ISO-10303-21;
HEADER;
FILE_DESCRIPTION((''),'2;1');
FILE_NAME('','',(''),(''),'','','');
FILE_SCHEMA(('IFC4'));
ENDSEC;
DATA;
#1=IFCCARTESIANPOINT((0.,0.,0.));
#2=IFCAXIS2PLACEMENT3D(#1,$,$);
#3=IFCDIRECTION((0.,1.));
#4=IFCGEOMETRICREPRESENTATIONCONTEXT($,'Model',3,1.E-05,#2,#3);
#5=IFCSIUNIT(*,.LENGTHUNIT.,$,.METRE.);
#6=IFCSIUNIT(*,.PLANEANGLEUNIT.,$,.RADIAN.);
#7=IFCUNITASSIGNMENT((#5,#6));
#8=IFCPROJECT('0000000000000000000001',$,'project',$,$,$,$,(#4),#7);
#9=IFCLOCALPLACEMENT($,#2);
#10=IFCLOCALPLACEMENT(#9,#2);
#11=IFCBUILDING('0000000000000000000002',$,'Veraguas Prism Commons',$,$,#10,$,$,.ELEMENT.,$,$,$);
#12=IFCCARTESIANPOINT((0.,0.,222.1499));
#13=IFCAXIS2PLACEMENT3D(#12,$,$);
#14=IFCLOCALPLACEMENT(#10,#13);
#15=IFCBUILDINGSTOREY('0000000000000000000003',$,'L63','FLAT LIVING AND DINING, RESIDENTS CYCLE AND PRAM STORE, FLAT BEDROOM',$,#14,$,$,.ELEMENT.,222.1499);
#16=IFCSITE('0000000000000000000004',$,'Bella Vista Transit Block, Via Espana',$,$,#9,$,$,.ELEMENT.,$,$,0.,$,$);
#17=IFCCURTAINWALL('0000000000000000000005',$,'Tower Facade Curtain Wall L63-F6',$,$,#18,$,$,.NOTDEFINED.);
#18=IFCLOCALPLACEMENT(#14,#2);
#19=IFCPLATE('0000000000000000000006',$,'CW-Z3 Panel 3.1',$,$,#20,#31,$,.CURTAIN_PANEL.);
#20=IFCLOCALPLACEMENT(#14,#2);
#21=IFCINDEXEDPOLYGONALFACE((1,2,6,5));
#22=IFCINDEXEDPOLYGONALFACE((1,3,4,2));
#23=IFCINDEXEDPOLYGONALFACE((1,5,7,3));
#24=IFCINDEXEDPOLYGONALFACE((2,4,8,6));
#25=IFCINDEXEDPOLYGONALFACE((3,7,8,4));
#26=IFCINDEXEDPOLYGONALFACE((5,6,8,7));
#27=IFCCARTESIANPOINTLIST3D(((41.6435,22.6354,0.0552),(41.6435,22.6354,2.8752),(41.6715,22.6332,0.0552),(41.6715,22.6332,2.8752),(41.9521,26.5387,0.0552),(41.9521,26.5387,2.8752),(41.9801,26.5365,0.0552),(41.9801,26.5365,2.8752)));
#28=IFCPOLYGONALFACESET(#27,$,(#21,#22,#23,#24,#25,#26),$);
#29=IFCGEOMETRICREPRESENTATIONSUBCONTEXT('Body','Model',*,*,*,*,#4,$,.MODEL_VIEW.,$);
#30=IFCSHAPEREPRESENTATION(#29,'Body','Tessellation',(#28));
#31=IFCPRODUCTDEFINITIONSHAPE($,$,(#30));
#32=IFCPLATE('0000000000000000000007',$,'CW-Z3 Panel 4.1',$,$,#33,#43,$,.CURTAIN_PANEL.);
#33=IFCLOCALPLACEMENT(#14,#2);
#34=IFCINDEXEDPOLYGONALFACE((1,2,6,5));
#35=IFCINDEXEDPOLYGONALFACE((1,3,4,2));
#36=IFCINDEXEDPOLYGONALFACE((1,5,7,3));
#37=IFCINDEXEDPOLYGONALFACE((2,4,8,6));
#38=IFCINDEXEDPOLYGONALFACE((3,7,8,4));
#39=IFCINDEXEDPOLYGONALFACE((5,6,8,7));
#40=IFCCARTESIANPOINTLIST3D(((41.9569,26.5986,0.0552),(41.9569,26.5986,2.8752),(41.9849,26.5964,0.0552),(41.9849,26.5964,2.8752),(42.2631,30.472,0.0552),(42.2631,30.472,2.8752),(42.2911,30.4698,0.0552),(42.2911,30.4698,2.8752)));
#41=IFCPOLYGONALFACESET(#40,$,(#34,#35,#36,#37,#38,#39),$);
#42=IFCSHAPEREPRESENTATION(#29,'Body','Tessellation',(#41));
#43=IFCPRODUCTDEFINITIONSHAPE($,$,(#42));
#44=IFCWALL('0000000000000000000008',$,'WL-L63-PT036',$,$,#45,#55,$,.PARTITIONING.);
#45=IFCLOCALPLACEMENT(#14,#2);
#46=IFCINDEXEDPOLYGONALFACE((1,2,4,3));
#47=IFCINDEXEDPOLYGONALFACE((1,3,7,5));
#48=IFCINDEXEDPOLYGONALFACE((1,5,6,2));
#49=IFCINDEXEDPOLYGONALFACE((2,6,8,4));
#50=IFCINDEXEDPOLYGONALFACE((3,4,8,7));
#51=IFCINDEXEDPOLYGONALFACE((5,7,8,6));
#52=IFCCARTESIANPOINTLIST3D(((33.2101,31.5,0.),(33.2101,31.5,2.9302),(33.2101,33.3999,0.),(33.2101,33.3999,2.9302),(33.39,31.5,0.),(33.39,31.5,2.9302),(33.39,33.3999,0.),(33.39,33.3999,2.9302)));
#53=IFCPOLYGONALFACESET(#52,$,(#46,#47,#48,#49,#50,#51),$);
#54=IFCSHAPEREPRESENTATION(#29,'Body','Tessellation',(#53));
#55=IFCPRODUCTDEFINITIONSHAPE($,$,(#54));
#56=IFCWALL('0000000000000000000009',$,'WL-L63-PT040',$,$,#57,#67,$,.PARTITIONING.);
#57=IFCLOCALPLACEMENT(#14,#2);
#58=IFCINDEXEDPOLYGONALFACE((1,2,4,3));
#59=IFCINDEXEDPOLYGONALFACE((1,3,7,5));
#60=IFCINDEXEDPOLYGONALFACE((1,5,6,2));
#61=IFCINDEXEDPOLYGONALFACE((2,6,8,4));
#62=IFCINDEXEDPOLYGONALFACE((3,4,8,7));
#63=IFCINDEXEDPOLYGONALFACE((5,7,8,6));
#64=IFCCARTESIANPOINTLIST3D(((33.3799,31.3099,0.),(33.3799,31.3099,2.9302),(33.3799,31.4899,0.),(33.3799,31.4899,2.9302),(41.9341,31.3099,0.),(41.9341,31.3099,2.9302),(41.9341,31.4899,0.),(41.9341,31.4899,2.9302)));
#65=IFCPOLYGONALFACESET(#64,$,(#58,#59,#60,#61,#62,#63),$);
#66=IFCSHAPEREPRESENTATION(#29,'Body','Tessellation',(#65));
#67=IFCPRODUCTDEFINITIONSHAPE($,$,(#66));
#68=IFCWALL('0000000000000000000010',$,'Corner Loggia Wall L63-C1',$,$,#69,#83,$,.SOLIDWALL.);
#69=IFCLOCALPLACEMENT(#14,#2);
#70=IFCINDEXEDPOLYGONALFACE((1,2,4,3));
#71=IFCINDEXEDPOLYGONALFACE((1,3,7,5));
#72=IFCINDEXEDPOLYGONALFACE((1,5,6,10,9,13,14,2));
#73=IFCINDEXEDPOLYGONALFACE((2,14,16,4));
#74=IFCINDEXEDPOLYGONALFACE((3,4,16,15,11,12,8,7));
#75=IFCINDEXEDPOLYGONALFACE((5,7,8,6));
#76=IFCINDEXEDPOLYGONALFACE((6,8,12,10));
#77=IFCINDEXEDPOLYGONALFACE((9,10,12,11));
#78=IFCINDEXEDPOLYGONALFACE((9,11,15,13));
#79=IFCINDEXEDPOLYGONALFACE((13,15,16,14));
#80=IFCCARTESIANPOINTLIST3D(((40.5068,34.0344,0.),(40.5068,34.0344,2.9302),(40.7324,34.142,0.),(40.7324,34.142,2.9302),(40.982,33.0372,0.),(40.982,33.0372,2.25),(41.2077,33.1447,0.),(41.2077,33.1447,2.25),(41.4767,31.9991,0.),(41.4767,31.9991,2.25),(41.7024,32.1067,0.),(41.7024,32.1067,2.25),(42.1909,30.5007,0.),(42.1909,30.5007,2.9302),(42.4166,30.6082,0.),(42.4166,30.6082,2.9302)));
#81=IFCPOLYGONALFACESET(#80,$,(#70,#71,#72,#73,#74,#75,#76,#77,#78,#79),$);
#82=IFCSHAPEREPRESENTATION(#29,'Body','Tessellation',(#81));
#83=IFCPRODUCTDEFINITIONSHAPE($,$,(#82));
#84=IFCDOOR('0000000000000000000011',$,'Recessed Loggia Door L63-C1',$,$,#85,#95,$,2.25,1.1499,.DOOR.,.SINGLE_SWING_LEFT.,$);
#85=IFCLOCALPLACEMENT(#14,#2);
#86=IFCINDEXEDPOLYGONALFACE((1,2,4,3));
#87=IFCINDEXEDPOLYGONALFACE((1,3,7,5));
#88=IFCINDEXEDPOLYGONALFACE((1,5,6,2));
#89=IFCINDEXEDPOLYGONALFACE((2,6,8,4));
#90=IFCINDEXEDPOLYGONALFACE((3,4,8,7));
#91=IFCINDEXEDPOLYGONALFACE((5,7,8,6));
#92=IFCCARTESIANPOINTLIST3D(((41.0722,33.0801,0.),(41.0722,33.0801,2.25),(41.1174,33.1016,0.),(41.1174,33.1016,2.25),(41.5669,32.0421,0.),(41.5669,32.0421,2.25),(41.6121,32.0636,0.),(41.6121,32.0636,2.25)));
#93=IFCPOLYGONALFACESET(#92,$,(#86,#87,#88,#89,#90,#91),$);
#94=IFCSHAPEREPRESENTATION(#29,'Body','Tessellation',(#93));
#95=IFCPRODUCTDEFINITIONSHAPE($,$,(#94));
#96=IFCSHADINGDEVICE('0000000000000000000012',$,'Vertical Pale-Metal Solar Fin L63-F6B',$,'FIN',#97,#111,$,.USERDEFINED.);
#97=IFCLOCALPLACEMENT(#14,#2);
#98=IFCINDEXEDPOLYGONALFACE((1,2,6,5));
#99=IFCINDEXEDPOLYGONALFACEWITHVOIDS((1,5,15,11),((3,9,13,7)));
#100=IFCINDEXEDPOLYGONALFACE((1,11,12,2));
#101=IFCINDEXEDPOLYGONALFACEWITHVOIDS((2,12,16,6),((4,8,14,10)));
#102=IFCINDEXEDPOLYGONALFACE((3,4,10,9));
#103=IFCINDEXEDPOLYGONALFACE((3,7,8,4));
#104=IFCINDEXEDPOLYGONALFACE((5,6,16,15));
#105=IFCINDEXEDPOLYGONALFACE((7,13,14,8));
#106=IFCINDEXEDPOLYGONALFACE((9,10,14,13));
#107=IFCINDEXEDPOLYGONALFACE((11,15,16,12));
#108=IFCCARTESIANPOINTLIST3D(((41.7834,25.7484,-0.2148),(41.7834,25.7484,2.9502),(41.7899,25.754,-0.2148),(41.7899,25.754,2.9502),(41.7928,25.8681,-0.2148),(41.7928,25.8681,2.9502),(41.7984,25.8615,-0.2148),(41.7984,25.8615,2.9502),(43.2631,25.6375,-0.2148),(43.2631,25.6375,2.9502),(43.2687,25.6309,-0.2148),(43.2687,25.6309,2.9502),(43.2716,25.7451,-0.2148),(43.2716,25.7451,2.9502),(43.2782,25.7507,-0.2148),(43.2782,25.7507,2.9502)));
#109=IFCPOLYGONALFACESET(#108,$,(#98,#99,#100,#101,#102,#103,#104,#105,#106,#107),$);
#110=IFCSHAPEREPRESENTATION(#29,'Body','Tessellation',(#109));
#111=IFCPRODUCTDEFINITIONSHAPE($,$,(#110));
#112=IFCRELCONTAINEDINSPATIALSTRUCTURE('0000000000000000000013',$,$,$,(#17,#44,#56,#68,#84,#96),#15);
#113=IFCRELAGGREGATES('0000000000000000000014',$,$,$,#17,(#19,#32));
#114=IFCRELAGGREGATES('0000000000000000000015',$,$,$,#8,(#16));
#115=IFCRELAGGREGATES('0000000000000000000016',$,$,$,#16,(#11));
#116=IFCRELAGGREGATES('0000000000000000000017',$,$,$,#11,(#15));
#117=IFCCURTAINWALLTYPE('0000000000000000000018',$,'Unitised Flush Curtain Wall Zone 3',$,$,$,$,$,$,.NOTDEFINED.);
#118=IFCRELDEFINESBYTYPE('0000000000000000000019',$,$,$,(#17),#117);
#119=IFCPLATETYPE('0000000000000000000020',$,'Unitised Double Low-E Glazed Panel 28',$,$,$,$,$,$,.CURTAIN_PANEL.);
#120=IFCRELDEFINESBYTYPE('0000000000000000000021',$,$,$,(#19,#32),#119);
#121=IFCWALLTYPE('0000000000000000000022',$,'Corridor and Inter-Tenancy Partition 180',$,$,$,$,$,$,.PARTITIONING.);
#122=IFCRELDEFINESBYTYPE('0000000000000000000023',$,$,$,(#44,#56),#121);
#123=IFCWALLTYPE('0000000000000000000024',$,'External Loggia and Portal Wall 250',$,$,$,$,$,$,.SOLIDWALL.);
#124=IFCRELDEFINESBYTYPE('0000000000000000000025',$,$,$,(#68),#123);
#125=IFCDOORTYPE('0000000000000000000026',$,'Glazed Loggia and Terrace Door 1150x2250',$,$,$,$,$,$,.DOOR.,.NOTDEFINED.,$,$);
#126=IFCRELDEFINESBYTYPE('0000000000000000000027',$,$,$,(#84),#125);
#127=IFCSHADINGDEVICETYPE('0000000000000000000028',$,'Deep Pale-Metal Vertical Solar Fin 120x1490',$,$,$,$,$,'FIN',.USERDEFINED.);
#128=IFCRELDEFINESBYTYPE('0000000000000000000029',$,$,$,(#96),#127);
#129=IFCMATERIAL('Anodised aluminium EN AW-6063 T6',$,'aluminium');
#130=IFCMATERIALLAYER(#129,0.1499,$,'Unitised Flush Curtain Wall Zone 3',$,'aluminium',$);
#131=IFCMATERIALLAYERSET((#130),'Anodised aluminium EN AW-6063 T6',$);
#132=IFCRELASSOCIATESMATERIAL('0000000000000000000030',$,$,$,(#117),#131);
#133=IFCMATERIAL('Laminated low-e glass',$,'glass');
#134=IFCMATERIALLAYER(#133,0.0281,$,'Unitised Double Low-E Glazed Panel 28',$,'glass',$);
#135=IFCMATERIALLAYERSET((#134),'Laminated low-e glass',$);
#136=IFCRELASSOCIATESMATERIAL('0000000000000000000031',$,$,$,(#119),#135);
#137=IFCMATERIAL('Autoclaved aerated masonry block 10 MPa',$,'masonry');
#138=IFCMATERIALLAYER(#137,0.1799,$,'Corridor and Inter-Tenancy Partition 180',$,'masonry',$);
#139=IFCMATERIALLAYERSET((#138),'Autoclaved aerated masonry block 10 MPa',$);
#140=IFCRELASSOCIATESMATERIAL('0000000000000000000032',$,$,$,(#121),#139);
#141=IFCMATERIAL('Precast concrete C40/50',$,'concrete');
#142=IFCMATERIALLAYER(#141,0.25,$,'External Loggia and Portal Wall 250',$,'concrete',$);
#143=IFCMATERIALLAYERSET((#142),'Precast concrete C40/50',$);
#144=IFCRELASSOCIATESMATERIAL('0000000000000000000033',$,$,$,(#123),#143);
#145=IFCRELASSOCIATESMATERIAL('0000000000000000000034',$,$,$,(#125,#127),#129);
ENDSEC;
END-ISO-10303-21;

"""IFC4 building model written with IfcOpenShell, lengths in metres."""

from ifc_helpers import new_model, si_unit, direction, frame, frame_2d, origin, origin_2d, place, context, subcontext, project, spatial, rectangle, hollow_rectangle, extrude, source, transform, mapped, material, layer, layer_set, material_profile, profile_set, type_object, element, fill, aggregate, save


model = new_model("IFC4")

# Units and contexts
model_context = context("Model", 3, precision=1e-05, world=origin(), true_north=direction((0.0, 1.0)))
body_context = subcontext(model_context, "Body", "Model", "MODEL_VIEW")
ifc_project = project(units=[si_unit("LENGTHUNIT", "METRE"), si_unit("PLANEANGLEUNIT", "RADIAN")], contexts=[model_context])

# Site, building, storey
site_placement = place(None, origin())
site = spatial("IfcSite", under=ifc_project, at=site_placement, Name="Bella Vista Transit Block, Via Espana", CompositionType="ELEMENT", RefElevation=0.0)
building_placement = place(site_placement, origin())
building = spatial("IfcBuilding", under=site, at=building_placement, Name="Veraguas Prism Commons", CompositionType="ELEMENT")
storey_placement = place(building_placement, frame((0.0, 0.0, 222.1499)))
storey = spatial("IfcBuildingStorey", under=building, at=storey_placement, Name="L63", Description="FLAT LIVING AND DINING, RESIDENTS CYCLE AND PRAM STORE, FLAT BEDROOM", CompositionType="ELEMENT", Elevation=222.1499)

# Curtain wall, plates
ifc_material_1 = material(Name="Anodised aluminium EN AW-6063 T6", Category="aluminium")
ifc_layer_1 = layer(ifc_material_1, 0.1499, Name="Unitised Flush Curtain Wall Zone 3", Category="aluminium")
ifc_layer_set_1 = layer_set([ifc_layer_1], Name="Anodised aluminium EN AW-6063 T6")
curtain_wall_type = type_object("IfcCurtainWallType", Name="Unitised Flush Curtain Wall Zone 3", PredefinedType="NOTDEFINED", material=ifc_layer_set_1)
curtain_wall_placement = place(storey_placement, origin())
curtain_wall = element("IfcCurtainWall", 1, at=curtain_wall_placement, inside=storey, type_object=curtain_wall_type, Name="Tower Facade Curtain Wall L63-F6", PredefinedType="NOTDEFINED")
ifc_material_2 = material(Name="Laminated low-e glass", Category="glass")
ifc_layer_2 = layer(ifc_material_2, 0.0281, Name="Unitised Double Low-E Glazed Panel 28", Category="glass")
ifc_layer_set_2 = layer_set([ifc_layer_2], Name="Laminated low-e glass")
plate_type = type_object("IfcPlateType", Name="Unitised Double Low-E Glazed Panel 28", PredefinedType="CURTAIN_PANEL", material=ifc_layer_set_2)
shared_shape_1 = source(origin(), body_context, "Body", "SweptSolid", [
    extrude(rectangle(XDim=3.9155, YDim=0.0281, at=origin_2d()), origin(), (0.0, 0.0, 1.0), 2.8201),
])
plate_1_placement = place(storey_placement, frame((41.8118, 24.5859, 0.0552), z_axis=(0.0, 0.0, 1.0), x_axis=(0.078812, 0.996889, 0.0)))
plate_1 = element("IfcPlate", 2, at=plate_1_placement, type_object=plate_type, Name="CW-Z3 Panel 3.1", PredefinedType="CURTAIN_PANEL", context=body_context, shape_type="MappedRepresentation", body=[
    mapped(shared_shape_1, transform((0.0, 0.0, 0.0), scale=1.0)),
])
shared_shape_2 = source(origin(), body_context, "Body", "SweptSolid", [
    extrude(rectangle(XDim=3.8855, YDim=0.0281, at=origin_2d()), origin(), (0.0, 0.0, 1.0), 2.8201),
])
plate_2_placement = place(storey_placement, frame((42.124, 28.5342, 0.0552), z_axis=(0.0, 0.0, 1.0), x_axis=(0.078812, 0.996889, 0.0)))
plate_2 = element("IfcPlate", 3, at=plate_2_placement, type_object=plate_type, Name="CW-Z3 Panel 4.1", PredefinedType="CURTAIN_PANEL", context=body_context, shape_type="MappedRepresentation", body=[
    mapped(shared_shape_2, transform((0.0, 0.0, 0.0), scale=1.0)),
])
aggregate(curtain_wall, [plate_1, plate_2])

# Walls
ifc_material_3 = material(Name="Autoclaved aerated masonry block 10 MPa", Category="masonry")
ifc_layer_3 = layer(ifc_material_3, 0.1799, Name="Corridor and Inter-Tenancy Partition 180", Category="masonry")
ifc_layer_set_3 = layer_set([ifc_layer_3], Name="Autoclaved aerated masonry block 10 MPa")
wall_type_1 = type_object("IfcWallType", Name="Corridor and Inter-Tenancy Partition 180", PredefinedType="PARTITIONING", material=ifc_layer_set_3)
wall_1_placement = place(storey_placement, frame((33.3, 31.5, 0.0), z_axis=(0.0, 0.0, 1.0), x_axis=(0.0, 1.0, 0.0)))
element("IfcWall", 4, at=wall_1_placement, inside=storey, type_object=wall_type_1, Name="WL-L63-PT036", PredefinedType="PARTITIONING", context=body_context, shape_type="SweptSolid", body=[
    extrude(rectangle(XDim=1.8999, YDim=0.1799, at=frame_2d((0.95, 0.0))), origin(), (0.0, 0.0, 1.0), 2.9302),
])
wall_2_placement = place(storey_placement, frame((33.3799, 31.3999, 0.0), z_axis=(0.0, 0.0, 1.0), x_axis=(1.0, 0.0, 0.0)))
element("IfcWall", 5, at=wall_2_placement, inside=storey, type_object=wall_type_1, Name="WL-L63-PT040", PredefinedType="PARTITIONING", context=body_context, shape_type="SweptSolid", body=[
    extrude(rectangle(XDim=8.5542, YDim=0.1799, at=frame_2d((4.2771, 0.0))), origin(), (0.0, 0.0, 1.0), 2.9302),
])

# Wall, opening, door
ifc_material_4 = material(Name="Precast concrete C40/50", Category="concrete")
ifc_layer_4 = layer(ifc_material_4, 0.25, Name="External Loggia and Portal Wall 250", Category="concrete")
ifc_layer_set_4 = layer_set([ifc_layer_4], Name="Precast concrete C40/50")
wall_type_2 = type_object("IfcWallType", Name="External Loggia and Portal Wall 250", PredefinedType="SOLIDWALL", material=ifc_layer_set_4)
wall_3_placement = place(storey_placement, frame((42.3037, 30.5544, 0.0), z_axis=(0.0, 0.0, 1.0), x_axis=(-0.430219, 0.902724, 0.0)))
wall_3 = element("IfcWall", 6, at=wall_3_placement, inside=storey, type_object=wall_type_2, Name="Corner Loggia Wall L63-C1", PredefinedType="SOLIDWALL", context=body_context, shape_type="SweptSolid", body=[
    extrude(rectangle(XDim=3.9146, YDim=0.25, at=frame_2d((1.9573, 0.0))), origin(), (0.0, 0.0, 1.0), 2.9302),
])
opening_placement = place(wall_3_placement, frame((1.6599, 0.0, 0.0)))
opening = element("IfcOpeningElement", 7, at=opening_placement, cuts=wall_3, PredefinedType="OPENING", context=body_context, shape_type="SweptSolid", body=[
    extrude(rectangle(XDim=1.1499, YDim=2.25, at=frame_2d((0.575, 1.125))), frame((0.0, 0.135, 0.0), z_axis=(0.0, -1.0, 0.0), x_axis=(1.0, 0.0, 0.0)), (0.0, 0.0, 1.0), 0.27),
])
door_type = type_object("IfcDoorType", Name="Glazed Loggia and Terrace Door 1150x2250", OperationType="NOTDEFINED", PredefinedType="DOOR", material=ifc_material_1)
shared_shape_3 = source(origin(), body_context, "Body", "SweptSolid", [
    extrude(rectangle(XDim=1.1499, YDim=2.25, at=frame_2d((0.575, 1.125))), frame((0.0, 0.0249, 0.0), z_axis=(0.0, -1.0, 0.0), x_axis=(1.0, 0.0, 0.0)), (0.0, 0.0, 1.0), 0.05),
])
door_placement = place(opening_placement, frame((1.1499, 0.0, 0.0), z_axis=(0.0, 0.0, 1.0), x_axis=(-1.0, 0.0, 0.0)))
door = element("IfcDoor", 8, at=door_placement, inside=storey, type_object=door_type, Name="Recessed Loggia Door L63-C1", OperationType="SINGLE_SWING_LEFT", OverallHeight=2.25, OverallWidth=1.1499, PredefinedType="DOOR", context=body_context, shape_type="MappedRepresentation", body=[
    mapped(shared_shape_3, transform((0.0, 0.0, 0.0), scale=1.0)),
])
fill(opening, door)

# Shading device
ifc_material_profile_1 = material_profile(ifc_material_1, hollow_rectangle(XDim=0.1201, YDim=1.49, WallThickness=0.0061, at=origin_2d()), Name="FIN120X1490X6")
ifc_profile_set_1 = profile_set([ifc_material_profile_1], Name="Anodised aluminium EN AW-6063 T6")
shading_device_type = type_object("IfcShadingDeviceType", Name="Deep Pale-Metal Vertical Solar Fin 120x1490", ElementType="FIN", PredefinedType="USERDEFINED", material=ifc_profile_set_1)
shading_device_placement = place(storey_placement, frame((42.5308, 25.7495, -0.2148), z_axis=(0.0, 0.0, 1.0), x_axis=(0.078809, 0.99689, 0.0)))
element("IfcShadingDevice", 9, at=shading_device_placement, inside=storey, type_object=shading_device_type, Name="Vertical Pale-Metal Solar Fin L63-F6B", ObjectType="FIN", PredefinedType="USERDEFINED", context=body_context, shape_type="SweptSolid", body=[
    extrude(hollow_rectangle(XDim=0.1201, YDim=1.49, WallThickness=0.0061, at=origin_2d()), origin(), (0.0, 0.0, 1.0), 3.165),
])

save(model, "model.ifc")
